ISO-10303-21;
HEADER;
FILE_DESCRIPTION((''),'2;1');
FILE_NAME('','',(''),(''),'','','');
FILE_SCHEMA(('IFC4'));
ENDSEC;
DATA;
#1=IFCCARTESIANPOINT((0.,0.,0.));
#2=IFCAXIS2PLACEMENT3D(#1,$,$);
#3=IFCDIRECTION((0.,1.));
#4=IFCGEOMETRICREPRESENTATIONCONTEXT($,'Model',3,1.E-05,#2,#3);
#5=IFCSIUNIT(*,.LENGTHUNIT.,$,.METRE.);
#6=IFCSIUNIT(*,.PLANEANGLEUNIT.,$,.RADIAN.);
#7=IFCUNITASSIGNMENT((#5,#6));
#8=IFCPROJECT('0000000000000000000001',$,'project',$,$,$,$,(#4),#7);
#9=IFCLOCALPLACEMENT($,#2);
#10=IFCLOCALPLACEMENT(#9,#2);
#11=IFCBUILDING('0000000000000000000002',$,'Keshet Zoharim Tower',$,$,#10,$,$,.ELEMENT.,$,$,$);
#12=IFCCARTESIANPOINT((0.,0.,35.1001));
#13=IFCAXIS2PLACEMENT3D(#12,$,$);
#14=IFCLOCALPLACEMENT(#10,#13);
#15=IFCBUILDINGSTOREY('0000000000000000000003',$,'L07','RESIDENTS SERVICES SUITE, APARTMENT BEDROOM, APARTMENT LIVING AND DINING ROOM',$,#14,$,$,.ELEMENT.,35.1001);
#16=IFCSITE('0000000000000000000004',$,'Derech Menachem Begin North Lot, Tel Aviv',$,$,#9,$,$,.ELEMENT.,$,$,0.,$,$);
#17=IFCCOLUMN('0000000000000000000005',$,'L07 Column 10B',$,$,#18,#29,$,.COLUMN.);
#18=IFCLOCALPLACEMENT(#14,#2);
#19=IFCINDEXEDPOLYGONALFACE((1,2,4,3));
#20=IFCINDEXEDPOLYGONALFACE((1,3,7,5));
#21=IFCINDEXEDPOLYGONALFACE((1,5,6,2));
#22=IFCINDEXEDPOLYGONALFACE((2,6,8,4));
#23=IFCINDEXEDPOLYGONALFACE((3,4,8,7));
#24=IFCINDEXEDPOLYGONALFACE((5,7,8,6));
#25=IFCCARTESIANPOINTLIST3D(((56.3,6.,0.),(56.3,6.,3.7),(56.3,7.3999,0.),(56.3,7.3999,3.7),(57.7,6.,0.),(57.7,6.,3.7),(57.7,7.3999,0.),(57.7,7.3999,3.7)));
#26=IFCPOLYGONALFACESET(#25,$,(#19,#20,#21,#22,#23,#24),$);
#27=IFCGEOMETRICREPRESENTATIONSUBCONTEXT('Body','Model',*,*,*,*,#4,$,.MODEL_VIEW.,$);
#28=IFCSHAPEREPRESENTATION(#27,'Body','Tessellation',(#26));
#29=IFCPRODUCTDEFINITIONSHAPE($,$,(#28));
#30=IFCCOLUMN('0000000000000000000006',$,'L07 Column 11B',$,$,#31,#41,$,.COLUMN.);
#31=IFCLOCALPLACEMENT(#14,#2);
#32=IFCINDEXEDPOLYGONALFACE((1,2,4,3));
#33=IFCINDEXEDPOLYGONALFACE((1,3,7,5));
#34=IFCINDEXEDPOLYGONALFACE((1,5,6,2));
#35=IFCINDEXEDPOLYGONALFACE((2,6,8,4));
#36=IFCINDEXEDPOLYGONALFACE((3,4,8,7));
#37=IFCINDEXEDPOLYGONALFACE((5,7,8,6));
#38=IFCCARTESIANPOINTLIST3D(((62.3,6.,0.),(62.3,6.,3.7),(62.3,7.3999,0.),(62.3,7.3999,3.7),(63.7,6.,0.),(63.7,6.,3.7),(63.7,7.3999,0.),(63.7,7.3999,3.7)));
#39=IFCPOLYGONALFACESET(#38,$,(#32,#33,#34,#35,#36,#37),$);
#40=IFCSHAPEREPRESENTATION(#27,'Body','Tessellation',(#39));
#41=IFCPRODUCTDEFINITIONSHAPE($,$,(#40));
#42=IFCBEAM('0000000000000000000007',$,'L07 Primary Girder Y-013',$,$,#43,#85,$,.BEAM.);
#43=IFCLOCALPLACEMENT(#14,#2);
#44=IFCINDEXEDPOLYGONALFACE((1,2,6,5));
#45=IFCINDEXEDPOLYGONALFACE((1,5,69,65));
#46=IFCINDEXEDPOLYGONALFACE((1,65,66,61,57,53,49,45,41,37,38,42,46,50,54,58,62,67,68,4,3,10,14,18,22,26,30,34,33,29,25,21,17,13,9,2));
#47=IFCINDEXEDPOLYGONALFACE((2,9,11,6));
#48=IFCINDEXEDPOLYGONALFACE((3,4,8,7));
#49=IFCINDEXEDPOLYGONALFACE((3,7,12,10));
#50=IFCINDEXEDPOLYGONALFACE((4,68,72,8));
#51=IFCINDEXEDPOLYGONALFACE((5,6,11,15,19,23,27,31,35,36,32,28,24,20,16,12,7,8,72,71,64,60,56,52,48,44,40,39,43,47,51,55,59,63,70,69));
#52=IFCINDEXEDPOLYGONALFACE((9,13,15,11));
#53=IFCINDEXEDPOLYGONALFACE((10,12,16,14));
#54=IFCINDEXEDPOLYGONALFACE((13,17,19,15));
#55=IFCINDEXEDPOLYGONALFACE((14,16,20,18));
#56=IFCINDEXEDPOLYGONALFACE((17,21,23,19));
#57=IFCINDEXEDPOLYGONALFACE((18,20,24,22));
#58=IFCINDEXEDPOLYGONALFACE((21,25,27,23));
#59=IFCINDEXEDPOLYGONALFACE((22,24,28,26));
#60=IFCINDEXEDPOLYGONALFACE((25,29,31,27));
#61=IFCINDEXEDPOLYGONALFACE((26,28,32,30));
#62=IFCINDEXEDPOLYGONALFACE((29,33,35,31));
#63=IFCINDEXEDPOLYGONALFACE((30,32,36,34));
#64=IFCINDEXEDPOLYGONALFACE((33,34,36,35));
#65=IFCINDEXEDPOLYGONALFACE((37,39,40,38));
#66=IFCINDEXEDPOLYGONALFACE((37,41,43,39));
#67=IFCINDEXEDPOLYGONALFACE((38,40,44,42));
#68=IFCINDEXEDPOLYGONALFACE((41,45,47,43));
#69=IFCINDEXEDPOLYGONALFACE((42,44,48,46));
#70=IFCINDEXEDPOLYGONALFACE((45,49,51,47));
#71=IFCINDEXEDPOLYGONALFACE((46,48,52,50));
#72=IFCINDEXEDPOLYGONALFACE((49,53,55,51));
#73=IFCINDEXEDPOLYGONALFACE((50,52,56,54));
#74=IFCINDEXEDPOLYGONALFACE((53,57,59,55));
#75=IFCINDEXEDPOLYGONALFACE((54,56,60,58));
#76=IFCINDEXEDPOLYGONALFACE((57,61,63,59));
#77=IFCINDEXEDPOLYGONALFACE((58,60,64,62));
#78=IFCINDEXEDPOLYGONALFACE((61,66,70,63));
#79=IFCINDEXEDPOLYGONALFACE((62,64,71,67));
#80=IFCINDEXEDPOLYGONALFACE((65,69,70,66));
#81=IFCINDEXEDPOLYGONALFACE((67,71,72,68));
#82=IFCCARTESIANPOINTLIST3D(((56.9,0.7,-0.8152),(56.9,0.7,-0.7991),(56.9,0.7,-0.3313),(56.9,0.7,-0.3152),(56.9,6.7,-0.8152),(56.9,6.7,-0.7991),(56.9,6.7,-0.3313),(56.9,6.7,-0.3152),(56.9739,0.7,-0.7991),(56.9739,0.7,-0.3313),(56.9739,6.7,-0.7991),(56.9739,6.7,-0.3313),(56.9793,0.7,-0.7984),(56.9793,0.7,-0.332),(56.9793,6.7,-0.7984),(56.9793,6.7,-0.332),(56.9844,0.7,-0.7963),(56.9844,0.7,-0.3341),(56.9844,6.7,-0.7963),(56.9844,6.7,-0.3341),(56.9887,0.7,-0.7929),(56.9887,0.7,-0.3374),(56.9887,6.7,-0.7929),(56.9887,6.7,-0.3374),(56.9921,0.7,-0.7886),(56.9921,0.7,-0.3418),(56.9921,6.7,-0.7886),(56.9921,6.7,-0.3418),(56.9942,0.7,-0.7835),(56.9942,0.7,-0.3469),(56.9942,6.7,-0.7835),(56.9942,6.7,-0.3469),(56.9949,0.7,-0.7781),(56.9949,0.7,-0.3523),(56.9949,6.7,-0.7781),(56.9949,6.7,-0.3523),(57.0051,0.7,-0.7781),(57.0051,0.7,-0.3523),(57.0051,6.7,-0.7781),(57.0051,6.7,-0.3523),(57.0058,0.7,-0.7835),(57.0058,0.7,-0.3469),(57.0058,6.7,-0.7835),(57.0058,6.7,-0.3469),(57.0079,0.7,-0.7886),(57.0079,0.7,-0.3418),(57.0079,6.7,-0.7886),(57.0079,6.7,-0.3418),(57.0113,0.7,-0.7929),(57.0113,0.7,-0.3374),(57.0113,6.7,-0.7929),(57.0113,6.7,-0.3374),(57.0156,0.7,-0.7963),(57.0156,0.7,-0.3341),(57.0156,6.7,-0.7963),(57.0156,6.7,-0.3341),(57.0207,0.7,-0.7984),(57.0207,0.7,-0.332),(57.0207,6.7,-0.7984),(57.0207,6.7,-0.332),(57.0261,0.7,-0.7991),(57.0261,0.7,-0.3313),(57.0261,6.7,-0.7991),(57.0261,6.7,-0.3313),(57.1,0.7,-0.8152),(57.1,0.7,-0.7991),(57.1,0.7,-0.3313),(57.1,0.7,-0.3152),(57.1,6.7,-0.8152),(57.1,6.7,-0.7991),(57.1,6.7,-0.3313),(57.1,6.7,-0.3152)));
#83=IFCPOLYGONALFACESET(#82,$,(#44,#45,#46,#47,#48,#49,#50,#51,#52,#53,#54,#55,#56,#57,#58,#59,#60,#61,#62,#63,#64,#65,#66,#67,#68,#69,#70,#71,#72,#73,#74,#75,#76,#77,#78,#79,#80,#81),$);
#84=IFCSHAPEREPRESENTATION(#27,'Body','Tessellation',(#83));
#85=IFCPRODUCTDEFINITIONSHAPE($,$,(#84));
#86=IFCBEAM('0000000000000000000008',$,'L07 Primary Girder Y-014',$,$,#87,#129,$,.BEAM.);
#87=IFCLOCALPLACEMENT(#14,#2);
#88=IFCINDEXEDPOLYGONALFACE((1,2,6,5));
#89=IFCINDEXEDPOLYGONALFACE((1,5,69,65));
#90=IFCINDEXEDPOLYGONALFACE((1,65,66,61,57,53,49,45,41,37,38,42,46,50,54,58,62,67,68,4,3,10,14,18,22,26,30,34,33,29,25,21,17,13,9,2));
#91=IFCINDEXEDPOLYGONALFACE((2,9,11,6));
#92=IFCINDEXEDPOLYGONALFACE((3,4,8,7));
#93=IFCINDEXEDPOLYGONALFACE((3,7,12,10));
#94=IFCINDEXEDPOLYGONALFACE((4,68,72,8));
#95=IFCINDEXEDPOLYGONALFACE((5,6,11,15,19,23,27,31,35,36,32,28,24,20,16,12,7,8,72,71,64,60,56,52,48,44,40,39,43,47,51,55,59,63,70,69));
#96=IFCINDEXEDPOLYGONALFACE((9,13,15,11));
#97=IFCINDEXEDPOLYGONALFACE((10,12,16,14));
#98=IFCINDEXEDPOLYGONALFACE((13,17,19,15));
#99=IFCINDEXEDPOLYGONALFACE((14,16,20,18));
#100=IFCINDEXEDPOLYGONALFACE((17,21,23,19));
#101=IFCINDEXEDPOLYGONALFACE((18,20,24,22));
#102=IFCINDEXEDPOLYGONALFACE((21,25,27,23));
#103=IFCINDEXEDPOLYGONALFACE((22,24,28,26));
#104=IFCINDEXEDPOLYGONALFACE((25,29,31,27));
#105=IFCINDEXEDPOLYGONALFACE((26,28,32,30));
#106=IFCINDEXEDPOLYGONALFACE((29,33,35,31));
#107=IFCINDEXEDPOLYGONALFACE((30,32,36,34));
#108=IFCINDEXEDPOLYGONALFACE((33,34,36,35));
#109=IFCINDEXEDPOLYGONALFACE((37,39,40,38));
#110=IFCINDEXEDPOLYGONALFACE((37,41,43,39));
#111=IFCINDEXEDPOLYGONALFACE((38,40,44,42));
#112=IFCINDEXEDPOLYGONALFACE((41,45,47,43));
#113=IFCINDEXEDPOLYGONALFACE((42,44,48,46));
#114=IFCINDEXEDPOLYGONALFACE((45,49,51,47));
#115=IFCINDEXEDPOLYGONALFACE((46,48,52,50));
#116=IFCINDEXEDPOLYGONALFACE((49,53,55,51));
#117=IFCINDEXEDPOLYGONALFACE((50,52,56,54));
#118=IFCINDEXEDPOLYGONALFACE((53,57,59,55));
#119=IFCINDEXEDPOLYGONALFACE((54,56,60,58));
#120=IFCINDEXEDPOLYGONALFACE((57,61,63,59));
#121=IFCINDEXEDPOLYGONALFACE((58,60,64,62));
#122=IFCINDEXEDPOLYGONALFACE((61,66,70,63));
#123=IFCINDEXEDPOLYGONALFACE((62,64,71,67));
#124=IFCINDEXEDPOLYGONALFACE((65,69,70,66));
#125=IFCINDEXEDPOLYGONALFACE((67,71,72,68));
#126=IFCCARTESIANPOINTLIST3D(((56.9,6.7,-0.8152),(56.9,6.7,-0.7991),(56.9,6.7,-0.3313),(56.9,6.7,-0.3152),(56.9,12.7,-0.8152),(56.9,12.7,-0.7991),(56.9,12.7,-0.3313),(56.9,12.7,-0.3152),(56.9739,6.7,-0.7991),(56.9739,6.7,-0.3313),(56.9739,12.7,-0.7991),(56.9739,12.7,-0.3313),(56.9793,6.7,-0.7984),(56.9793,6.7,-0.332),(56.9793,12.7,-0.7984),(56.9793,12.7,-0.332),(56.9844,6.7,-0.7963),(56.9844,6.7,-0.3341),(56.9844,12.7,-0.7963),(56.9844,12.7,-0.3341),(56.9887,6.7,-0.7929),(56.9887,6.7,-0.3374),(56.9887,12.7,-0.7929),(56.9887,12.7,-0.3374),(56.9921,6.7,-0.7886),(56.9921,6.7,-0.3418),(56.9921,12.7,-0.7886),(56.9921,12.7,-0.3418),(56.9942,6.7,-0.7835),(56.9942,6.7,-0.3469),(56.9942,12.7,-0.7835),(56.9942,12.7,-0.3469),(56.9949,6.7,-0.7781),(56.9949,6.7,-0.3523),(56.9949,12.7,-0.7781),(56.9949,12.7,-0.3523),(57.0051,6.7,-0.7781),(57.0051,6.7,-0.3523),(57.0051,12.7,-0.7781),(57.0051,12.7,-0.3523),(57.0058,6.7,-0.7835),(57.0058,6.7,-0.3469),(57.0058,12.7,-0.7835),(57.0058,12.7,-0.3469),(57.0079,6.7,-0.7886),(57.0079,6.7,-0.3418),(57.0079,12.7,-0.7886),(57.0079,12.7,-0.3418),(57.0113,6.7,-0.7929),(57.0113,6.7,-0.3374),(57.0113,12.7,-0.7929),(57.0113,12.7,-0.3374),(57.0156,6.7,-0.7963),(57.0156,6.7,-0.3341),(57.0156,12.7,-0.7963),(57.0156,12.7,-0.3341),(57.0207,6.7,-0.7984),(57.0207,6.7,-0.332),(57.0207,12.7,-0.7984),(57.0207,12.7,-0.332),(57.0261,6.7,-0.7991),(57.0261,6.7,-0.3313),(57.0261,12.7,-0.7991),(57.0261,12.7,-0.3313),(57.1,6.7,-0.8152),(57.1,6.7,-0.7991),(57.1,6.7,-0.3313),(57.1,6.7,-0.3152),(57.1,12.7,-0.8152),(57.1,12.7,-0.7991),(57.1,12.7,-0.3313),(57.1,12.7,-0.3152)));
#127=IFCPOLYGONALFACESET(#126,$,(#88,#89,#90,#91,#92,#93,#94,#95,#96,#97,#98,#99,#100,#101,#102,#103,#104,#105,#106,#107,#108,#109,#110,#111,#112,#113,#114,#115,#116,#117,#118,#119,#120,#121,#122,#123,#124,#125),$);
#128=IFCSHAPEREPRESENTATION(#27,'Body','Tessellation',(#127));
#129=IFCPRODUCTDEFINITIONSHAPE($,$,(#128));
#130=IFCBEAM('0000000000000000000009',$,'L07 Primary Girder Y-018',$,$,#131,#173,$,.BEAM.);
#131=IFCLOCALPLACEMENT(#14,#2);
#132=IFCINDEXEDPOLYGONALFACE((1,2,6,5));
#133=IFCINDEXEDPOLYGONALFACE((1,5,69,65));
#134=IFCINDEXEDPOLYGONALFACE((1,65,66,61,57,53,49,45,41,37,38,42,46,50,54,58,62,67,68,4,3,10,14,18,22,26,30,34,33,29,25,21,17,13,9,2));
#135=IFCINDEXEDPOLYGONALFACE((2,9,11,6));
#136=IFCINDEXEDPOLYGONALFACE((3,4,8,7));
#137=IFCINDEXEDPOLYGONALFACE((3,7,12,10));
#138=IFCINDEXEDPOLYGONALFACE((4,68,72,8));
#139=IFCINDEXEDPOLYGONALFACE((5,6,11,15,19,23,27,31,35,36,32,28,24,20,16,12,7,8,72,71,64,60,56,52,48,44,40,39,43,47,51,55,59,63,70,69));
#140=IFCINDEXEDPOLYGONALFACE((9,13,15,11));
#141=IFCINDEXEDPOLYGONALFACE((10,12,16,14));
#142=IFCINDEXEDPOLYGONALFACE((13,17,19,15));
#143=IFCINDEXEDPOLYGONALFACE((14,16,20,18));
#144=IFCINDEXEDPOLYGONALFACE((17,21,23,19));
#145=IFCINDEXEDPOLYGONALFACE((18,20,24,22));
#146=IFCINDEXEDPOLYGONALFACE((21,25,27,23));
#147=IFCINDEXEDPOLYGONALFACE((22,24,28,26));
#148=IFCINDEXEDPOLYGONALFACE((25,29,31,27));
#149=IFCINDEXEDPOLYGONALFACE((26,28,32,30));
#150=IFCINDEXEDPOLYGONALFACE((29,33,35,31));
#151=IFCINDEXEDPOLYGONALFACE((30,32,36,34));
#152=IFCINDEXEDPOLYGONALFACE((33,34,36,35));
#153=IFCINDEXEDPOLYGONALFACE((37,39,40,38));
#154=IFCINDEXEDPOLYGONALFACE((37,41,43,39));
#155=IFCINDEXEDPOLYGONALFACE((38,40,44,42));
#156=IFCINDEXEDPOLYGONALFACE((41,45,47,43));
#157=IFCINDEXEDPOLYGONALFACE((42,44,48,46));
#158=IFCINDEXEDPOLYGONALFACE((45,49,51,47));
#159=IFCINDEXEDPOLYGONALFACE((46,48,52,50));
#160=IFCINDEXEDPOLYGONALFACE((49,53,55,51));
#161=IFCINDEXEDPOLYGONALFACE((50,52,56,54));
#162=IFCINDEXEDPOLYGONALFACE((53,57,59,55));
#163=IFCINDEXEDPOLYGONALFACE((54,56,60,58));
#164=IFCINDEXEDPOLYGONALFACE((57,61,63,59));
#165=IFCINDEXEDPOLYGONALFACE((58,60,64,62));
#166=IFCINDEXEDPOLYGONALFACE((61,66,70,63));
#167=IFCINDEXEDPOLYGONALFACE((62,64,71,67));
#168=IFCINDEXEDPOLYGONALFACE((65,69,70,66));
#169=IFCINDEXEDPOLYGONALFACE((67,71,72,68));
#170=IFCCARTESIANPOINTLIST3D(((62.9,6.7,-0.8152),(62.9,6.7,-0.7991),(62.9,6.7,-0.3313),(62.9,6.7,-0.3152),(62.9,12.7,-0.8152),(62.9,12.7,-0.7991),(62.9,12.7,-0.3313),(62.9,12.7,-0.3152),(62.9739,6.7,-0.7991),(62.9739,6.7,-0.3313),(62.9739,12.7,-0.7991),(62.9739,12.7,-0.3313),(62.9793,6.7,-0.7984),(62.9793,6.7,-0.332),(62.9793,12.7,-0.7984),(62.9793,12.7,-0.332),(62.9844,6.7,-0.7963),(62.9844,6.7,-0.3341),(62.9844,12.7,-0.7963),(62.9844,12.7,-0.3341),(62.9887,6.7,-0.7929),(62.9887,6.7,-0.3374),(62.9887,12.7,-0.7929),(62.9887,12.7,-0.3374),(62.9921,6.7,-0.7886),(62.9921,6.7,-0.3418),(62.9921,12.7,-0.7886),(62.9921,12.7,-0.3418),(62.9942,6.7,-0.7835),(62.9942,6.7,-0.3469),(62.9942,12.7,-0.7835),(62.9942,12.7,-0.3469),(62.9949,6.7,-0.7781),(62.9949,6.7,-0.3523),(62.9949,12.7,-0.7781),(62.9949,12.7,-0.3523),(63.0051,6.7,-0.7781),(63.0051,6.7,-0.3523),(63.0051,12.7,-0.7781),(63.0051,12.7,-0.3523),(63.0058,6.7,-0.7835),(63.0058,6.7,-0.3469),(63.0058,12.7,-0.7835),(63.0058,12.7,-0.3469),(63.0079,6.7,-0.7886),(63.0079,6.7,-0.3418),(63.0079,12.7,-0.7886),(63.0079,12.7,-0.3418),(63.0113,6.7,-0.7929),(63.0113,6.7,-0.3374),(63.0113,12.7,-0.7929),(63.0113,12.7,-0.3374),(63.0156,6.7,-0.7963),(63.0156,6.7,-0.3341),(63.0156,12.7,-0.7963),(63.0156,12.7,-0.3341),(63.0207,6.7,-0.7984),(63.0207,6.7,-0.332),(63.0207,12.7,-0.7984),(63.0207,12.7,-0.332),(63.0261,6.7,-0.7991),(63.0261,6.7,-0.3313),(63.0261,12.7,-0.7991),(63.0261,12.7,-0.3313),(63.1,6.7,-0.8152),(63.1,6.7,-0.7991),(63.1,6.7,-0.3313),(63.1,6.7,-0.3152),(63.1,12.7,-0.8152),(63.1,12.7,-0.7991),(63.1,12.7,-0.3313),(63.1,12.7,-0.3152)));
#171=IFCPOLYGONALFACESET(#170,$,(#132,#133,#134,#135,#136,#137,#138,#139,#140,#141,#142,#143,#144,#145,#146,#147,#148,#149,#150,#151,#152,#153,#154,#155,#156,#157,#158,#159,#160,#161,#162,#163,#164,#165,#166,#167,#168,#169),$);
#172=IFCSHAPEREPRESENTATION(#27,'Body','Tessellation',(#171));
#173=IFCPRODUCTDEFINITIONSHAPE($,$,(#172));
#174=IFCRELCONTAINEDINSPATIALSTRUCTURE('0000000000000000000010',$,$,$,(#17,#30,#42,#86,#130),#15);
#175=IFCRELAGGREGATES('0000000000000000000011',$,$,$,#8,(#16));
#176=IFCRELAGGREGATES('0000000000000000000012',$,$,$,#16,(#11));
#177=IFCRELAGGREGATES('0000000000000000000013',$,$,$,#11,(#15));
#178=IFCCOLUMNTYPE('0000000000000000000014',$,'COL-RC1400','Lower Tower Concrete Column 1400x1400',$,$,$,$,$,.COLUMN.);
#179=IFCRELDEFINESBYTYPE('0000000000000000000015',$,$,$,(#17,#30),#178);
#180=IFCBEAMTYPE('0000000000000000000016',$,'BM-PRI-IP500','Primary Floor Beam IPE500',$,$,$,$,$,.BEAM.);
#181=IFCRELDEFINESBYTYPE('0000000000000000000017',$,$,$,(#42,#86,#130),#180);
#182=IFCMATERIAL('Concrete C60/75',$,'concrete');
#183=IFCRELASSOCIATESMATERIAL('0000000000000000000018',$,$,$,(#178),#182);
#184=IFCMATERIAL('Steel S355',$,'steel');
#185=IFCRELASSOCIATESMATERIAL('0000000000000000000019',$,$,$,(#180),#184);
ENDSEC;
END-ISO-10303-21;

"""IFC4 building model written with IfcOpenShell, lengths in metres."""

from ifc_helpers import new_model, si_unit, direction, frame, origin, origin_2d, place, context, subcontext, project, spatial, rectangle, i_section, extrude, material, material_profile, profile_set, type_object, element, save


model = new_model("IFC4")

# Units and contexts
model_context = context("Model", 3, precision=1e-05, world=origin(), true_north=direction((0.0, 1.0)))
body_context = subcontext(model_context, "Body", "Model", "MODEL_VIEW")
ifc_project = project(units=[si_unit("LENGTHUNIT", "METRE"), si_unit("PLANEANGLEUNIT", "RADIAN")], contexts=[model_context])

# Site, building, storey
site_placement = place(None, origin())
site = spatial("IfcSite", under=ifc_project, at=site_placement, Name="Derech Menachem Begin North Lot, Tel Aviv", CompositionType="ELEMENT", RefElevation=0.0)
building_placement = place(site_placement, origin())
building = spatial("IfcBuilding", under=site, at=building_placement, Name="Keshet Zoharim Tower", CompositionType="ELEMENT")
storey_placement = place(building_placement, frame((0.0, 0.0, 35.1001)))
storey = spatial("IfcBuildingStorey", under=building, at=storey_placement, Name="L07", Description="RESIDENTS SERVICES SUITE, APARTMENT BEDROOM, APARTMENT LIVING AND DINING ROOM", CompositionType="ELEMENT", Elevation=35.1001)

# Columns
ifc_material_1 = material(Name="Concrete C60/75", Category="concrete")
ifc_material_profile_1 = material_profile(ifc_material_1, rectangle(XDim=1.3999, YDim=1.3999, at=origin_2d()), Name="RC1400x1400")
ifc_profile_set_1 = profile_set([ifc_material_profile_1], Name="Concrete C60/75")
column_type = type_object("IfcColumnType", Name="COL-RC1400", Description="Lower Tower Concrete Column 1400x1400", PredefinedType="COLUMN", material=ifc_profile_set_1)
for number, where, z_axis, x_axis, name in (
    (1, (57.0, 6.7, 0.0), (0.0, 0.0, 1.0), (1.0, 0.0, 0.0), "L07 Column 10B"),
    (2, (63.0, 6.7, 0.0), (0.0, 0.0, 1.0), (1.0, 0.0, 0.0), "L07 Column 11B"),
):
    element("IfcColumn", number, at=place(storey_placement, frame(where, z_axis=z_axis, x_axis=x_axis)), inside=storey, type_object=column_type, Name=name, PredefinedType="COLUMN", context=body_context, shape_type="SweptSolid", body=[
        extrude(rectangle(XDim=1.3999, YDim=1.3999, at=origin_2d()), origin(), (0.0, 0.0, 1.0), 3.7),
    ])

# Beams
ifc_material_2 = material(Name="Steel S355", Category="steel")
ifc_material_profile_2 = material_profile(ifc_material_2, i_section(OverallWidth=0.2, OverallDepth=0.5, WebThickness=0.0103, FlangeThickness=0.0161, FilletRadius=0.021, at=origin_2d()), Name="IPE500")
ifc_profile_set_2 = profile_set([ifc_material_profile_2], Name="Steel S355")
beam_type_1 = type_object("IfcBeamType", Name="BM-PRI-IP500", Description="Primary Floor Beam IPE500", PredefinedType="BEAM", material=ifc_profile_set_2)
for number, where, z_axis, x_axis, name in (
    (3, (57.0, 0.7, -0.5652), (0.0, 1.0, 0.0), (-1.0, 0.0, 0.0), "L07 Primary Girder Y-013"),
    (4, (57.0, 6.7, -0.5652), (0.0, 1.0, 0.0), (-1.0, 0.0, 0.0), "L07 Primary Girder Y-014"),
    (5, (63.0, 6.7, -0.5652), (0.0, 1.0, 0.0), (-1.0, 0.0, 0.0), "L07 Primary Girder Y-018"),
):
    element("IfcBeam", number, at=place(storey_placement, frame(where, z_axis=z_axis, x_axis=x_axis)), inside=storey, type_object=beam_type_1, Name=name, PredefinedType="BEAM", context=body_context, shape_type="SweptSolid", body=[
        extrude(i_section(OverallWidth=0.2, OverallDepth=0.5, WebThickness=0.0103, FlangeThickness=0.0161, FilletRadius=0.021, at=origin_2d()), origin(), (0.0, 0.0, 1.0), 6.0),
    ])

save(model, "model.ifc")
